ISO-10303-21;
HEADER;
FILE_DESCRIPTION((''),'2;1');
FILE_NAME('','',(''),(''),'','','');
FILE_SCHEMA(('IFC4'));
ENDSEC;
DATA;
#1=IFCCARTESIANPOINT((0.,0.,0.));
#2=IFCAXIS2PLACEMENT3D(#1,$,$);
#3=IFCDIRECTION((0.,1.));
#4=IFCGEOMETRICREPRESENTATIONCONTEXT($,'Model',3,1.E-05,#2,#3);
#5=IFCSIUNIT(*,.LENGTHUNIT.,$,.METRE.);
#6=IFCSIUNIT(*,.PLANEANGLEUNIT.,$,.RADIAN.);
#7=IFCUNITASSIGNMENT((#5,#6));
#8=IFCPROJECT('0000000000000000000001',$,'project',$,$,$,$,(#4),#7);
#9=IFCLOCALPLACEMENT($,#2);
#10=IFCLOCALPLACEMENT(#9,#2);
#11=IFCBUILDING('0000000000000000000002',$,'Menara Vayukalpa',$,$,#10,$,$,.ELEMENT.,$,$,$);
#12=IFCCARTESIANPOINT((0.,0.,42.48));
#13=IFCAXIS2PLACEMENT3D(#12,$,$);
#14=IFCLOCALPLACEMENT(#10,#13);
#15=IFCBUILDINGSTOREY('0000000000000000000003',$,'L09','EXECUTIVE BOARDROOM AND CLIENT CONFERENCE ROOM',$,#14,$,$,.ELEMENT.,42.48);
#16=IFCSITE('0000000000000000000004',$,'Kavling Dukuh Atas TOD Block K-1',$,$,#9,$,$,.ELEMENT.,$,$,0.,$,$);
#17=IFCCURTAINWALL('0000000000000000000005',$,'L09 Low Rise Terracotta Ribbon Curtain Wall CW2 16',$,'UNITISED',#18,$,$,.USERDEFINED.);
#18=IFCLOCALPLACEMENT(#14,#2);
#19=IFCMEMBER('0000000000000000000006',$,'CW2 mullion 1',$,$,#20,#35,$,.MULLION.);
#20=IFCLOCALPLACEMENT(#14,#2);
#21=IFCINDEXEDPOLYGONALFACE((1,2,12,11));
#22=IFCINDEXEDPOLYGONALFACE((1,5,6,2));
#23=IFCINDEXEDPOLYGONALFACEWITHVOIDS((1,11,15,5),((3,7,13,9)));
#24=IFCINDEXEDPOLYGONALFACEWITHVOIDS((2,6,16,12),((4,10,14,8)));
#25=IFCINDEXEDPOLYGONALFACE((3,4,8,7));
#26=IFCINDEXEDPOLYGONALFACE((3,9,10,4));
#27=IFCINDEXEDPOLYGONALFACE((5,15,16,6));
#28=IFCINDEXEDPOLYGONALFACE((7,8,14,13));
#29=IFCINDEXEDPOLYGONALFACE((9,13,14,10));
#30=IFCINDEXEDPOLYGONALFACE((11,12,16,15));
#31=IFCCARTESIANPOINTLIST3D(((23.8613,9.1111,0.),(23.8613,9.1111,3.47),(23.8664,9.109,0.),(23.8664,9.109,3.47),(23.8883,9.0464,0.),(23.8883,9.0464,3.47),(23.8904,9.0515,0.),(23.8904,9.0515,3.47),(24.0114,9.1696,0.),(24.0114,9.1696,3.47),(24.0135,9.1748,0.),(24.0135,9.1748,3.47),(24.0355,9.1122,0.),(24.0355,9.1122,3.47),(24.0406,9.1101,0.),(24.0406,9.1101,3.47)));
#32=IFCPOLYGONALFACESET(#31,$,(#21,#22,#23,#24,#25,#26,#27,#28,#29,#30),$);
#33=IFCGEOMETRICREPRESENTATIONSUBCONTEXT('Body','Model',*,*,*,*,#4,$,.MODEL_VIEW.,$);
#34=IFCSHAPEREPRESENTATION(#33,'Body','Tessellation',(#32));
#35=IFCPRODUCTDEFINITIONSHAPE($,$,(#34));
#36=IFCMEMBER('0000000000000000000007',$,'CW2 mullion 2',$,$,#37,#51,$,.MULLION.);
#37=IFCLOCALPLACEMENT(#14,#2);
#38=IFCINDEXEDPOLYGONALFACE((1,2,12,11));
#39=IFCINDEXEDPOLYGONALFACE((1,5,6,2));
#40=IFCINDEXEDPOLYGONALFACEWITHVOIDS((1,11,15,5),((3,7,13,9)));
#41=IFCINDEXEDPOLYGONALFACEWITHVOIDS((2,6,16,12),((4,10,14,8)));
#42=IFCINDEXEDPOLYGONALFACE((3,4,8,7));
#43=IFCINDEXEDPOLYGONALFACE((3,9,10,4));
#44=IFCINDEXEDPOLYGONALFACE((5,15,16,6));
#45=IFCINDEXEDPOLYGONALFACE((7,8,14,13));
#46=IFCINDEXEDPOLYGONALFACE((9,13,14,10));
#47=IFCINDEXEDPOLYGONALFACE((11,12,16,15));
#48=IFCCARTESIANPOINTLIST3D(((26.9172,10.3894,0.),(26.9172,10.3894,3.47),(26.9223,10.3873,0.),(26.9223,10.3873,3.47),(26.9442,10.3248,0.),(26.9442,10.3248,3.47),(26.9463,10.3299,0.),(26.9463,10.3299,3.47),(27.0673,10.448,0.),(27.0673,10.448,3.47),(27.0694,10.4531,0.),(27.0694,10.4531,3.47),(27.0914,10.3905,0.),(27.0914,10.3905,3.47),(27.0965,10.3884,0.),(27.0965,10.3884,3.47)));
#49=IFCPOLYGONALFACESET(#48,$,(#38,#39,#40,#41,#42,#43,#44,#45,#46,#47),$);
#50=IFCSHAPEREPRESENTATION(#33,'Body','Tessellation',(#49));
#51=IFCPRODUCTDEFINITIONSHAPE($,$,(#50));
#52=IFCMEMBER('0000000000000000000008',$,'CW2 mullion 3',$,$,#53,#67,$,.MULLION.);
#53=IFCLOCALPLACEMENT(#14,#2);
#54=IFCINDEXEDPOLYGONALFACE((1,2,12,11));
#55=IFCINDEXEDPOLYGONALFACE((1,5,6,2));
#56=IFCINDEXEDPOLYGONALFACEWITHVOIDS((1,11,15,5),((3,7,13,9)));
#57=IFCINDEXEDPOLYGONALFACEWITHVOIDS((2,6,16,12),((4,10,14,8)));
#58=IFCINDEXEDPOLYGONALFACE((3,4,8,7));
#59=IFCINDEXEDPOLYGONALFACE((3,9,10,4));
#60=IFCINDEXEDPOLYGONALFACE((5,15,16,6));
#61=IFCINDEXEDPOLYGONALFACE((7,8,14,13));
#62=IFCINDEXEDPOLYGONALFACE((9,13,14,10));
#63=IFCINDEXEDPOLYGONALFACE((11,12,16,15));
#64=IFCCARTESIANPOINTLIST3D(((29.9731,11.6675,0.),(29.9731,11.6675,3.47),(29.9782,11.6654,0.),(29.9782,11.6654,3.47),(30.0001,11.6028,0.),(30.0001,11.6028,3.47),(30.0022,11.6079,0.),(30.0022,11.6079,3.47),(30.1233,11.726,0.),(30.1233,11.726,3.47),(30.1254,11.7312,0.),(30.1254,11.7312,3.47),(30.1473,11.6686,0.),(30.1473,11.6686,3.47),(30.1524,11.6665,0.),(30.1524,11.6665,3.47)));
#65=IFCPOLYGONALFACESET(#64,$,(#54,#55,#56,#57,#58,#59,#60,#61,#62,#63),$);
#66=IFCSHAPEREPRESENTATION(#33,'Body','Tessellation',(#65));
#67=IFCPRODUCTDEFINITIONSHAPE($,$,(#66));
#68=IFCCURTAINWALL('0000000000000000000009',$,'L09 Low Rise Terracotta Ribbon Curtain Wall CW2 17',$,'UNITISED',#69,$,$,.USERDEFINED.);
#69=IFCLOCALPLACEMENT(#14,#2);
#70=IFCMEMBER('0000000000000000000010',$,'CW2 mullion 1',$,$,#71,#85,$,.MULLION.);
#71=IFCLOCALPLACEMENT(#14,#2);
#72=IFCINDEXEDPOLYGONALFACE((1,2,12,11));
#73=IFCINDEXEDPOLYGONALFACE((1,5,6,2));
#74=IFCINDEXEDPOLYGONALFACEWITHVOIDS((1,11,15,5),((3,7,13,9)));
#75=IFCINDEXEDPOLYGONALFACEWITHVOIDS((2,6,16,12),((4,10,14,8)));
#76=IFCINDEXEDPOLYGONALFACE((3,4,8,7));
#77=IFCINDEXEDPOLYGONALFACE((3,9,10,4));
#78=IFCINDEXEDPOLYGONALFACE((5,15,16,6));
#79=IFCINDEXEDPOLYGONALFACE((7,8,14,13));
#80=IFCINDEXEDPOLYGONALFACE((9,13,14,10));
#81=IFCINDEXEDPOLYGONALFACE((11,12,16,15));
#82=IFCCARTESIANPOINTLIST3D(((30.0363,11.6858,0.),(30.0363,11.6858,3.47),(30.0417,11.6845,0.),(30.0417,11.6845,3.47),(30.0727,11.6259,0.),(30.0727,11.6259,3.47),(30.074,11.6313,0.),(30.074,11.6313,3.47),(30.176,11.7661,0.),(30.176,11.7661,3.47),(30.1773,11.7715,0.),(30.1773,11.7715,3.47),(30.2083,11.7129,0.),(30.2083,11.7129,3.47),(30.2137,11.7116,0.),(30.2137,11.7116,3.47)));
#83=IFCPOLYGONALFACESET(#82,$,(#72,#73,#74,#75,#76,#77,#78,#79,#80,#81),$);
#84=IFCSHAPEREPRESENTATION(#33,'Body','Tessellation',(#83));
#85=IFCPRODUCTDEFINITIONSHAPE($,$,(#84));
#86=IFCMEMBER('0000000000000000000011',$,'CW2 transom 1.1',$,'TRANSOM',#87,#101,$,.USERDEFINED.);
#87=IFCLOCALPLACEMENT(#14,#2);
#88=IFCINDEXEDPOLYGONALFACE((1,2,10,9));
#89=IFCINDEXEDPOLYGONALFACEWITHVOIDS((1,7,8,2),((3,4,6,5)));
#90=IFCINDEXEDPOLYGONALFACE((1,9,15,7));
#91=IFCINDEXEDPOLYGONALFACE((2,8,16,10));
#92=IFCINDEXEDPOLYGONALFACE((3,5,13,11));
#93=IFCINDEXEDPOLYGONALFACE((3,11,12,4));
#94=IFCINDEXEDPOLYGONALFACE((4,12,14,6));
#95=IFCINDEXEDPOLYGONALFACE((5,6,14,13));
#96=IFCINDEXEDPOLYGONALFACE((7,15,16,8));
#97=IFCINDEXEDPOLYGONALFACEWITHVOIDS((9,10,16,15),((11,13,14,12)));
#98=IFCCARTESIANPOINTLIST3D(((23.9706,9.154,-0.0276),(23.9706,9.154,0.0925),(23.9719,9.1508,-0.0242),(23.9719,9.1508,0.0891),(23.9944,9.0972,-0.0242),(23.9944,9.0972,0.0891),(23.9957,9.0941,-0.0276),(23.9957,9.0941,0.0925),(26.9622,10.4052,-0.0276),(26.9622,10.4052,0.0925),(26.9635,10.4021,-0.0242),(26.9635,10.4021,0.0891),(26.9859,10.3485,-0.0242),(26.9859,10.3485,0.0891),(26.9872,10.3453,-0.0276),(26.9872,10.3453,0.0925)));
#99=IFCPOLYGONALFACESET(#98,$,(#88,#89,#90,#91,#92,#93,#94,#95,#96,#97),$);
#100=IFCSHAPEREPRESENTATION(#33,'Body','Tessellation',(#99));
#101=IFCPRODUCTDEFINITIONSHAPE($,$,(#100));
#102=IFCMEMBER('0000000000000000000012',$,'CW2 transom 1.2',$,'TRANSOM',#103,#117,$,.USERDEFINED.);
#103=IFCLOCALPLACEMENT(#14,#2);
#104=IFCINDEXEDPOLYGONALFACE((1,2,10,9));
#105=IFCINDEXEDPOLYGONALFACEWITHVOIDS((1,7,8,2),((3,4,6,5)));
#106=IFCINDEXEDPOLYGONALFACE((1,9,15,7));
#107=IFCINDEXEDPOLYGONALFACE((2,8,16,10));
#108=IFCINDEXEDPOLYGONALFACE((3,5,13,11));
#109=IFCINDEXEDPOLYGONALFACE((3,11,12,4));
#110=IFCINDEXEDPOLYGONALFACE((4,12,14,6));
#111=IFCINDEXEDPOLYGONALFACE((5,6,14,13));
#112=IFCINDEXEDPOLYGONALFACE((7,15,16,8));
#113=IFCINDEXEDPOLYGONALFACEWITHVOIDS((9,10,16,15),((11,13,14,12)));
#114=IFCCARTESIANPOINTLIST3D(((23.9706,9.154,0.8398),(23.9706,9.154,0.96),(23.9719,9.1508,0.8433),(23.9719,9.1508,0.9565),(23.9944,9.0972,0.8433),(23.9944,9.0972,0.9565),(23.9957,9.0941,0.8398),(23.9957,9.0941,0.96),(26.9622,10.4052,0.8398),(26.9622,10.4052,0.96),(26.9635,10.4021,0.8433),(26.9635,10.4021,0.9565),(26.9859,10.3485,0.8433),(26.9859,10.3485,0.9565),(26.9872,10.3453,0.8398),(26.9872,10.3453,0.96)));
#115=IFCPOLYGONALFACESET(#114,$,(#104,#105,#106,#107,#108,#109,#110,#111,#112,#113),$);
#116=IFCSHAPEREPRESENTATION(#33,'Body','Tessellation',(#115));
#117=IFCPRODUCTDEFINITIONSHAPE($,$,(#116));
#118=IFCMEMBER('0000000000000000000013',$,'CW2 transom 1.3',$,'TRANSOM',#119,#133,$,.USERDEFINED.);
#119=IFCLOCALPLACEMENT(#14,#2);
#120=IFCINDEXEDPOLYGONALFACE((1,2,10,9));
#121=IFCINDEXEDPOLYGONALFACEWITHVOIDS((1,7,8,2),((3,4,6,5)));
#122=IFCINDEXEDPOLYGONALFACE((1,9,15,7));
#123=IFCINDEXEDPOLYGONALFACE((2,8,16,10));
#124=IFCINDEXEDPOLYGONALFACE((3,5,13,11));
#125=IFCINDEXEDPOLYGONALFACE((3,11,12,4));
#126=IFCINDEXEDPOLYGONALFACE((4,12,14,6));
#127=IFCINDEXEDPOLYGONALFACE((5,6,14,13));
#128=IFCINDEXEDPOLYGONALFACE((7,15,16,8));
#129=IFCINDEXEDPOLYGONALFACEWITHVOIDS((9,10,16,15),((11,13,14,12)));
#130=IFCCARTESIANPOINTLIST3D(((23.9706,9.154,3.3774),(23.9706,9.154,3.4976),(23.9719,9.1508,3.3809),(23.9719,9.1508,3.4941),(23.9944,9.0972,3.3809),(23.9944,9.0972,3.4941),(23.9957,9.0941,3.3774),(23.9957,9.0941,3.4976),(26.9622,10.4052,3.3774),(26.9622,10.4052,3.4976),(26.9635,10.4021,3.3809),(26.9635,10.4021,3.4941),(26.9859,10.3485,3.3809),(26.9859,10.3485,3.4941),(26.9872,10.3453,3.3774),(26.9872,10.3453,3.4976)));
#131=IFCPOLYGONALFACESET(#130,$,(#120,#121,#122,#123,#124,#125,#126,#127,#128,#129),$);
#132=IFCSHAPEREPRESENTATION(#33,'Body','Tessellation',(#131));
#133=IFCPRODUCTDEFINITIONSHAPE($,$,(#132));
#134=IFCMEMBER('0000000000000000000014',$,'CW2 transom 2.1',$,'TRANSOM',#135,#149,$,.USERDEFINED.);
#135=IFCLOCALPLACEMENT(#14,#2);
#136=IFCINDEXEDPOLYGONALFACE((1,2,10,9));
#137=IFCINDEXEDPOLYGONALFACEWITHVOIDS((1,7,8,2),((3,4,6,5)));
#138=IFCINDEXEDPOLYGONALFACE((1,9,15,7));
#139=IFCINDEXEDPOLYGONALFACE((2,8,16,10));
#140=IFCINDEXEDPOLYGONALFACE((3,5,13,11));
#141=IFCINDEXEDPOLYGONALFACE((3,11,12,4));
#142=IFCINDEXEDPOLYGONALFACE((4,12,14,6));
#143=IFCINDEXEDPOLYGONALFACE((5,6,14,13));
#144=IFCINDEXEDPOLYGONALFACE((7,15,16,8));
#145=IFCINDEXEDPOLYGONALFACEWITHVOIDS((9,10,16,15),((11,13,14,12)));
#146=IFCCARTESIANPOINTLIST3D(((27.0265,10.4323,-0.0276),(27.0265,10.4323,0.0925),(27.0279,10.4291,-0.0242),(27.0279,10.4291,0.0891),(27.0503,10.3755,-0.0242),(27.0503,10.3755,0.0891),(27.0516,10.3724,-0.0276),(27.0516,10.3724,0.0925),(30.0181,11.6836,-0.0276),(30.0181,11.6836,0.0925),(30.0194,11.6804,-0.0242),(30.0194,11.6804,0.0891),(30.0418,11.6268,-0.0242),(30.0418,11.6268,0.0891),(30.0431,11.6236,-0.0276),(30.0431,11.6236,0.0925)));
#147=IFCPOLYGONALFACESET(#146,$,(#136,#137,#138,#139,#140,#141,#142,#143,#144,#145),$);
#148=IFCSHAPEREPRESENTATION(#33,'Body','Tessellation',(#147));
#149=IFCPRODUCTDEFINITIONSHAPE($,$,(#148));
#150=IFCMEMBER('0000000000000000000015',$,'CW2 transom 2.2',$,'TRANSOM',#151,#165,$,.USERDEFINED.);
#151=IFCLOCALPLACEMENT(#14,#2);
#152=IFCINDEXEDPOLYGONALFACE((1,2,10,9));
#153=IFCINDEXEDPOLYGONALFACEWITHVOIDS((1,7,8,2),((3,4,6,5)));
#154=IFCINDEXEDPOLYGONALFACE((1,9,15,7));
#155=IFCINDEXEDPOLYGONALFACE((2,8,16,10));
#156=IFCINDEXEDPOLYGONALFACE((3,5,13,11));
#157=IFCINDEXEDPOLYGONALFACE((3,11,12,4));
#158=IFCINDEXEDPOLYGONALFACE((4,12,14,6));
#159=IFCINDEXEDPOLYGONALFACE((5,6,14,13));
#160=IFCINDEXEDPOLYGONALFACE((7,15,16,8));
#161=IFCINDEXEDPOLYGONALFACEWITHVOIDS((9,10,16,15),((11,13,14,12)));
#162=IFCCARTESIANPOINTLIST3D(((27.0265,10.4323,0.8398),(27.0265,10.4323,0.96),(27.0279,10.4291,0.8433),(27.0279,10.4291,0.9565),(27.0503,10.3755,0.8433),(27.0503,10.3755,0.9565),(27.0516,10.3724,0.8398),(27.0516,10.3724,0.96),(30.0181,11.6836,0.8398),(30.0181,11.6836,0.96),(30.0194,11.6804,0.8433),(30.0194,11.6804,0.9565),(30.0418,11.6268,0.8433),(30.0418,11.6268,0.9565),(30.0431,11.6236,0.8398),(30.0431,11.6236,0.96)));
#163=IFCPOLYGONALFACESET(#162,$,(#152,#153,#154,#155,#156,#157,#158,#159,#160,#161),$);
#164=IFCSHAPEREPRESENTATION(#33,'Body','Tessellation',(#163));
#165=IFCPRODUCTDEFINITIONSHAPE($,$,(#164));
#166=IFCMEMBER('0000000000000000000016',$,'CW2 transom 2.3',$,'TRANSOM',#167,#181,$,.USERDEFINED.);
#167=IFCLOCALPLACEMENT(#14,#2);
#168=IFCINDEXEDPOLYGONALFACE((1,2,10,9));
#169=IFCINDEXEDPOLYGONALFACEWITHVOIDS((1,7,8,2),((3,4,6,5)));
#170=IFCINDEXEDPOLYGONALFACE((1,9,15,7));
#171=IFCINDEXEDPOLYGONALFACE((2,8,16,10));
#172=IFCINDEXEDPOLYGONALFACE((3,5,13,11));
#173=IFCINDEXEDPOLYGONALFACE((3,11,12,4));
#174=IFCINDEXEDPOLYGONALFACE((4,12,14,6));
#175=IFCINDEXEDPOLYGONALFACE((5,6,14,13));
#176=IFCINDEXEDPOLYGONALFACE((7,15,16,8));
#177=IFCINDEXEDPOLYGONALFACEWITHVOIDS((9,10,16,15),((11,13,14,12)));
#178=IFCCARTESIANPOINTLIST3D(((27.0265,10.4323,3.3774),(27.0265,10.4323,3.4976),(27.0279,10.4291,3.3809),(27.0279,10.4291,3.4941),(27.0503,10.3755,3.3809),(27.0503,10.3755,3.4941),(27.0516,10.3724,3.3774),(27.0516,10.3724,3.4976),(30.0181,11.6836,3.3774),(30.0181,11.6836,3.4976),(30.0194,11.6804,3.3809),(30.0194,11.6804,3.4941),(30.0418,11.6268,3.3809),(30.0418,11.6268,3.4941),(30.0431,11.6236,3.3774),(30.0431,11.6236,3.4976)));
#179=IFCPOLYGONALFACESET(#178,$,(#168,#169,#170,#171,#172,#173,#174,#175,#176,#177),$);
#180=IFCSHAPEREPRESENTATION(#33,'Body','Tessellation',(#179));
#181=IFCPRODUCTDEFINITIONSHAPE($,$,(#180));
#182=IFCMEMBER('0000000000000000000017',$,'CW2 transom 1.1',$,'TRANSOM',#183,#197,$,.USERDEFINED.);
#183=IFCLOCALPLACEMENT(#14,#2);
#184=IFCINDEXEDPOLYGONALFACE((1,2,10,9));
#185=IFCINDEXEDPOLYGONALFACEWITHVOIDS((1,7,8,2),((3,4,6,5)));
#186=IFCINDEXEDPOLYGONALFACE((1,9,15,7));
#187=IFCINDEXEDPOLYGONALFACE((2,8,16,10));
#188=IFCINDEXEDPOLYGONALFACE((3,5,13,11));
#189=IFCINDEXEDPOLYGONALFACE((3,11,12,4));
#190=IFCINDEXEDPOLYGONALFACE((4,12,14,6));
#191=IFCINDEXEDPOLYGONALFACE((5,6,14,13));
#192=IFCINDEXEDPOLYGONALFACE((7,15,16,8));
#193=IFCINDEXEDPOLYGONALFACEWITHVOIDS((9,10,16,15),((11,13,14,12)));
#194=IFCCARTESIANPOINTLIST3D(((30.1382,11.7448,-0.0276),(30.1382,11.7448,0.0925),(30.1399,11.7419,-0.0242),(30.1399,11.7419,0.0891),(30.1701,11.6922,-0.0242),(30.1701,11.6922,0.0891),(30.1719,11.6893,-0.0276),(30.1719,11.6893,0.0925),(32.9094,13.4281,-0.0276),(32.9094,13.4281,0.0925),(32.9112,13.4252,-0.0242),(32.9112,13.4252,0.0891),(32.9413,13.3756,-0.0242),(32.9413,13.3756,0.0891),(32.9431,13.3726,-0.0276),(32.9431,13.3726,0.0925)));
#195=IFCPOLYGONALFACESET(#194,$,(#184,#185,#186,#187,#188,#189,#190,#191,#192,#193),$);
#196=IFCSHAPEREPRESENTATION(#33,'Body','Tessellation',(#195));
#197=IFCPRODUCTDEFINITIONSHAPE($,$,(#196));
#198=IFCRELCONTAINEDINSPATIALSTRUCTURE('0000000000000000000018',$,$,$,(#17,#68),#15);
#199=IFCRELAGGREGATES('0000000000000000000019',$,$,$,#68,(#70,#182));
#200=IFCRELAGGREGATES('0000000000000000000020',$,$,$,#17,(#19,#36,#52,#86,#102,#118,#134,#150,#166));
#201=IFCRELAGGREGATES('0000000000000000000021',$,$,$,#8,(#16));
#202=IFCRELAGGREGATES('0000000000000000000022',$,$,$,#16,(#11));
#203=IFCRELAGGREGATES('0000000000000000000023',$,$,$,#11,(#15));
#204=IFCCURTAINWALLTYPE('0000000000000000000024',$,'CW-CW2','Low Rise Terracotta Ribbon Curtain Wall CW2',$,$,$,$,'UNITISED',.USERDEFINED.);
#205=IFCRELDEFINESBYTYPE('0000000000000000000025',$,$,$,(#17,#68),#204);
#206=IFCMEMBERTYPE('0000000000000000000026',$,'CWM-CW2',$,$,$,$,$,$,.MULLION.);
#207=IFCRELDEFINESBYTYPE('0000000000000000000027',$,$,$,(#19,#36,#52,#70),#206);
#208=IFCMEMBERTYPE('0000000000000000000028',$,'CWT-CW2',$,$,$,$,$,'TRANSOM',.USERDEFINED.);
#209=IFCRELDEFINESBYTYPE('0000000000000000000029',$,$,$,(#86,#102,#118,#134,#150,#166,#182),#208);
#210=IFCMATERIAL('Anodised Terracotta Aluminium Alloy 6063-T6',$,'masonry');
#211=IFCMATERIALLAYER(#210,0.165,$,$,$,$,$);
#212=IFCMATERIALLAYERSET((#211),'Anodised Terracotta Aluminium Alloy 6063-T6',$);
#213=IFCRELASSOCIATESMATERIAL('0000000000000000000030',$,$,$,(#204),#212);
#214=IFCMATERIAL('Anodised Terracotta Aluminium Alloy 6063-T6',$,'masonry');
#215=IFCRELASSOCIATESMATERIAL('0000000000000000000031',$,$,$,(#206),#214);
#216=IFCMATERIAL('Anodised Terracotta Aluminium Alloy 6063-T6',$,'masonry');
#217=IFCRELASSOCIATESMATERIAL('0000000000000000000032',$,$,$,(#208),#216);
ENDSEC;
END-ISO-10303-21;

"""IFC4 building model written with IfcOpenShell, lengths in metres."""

from ifc_helpers import new_model, si_unit, direction, frame, origin, origin_2d, place, context, subcontext, project, spatial, hollow_rectangle, extrude, material, layer, layer_set, material_profile, profile_set, type_object, element, aggregate, save


model = new_model("IFC4")

# Units and contexts
model_context = context("Model", 3, precision=1e-05, world=origin(), true_north=direction((0.0, 1.0)))
body_context = subcontext(model_context, "Body", "Model", "MODEL_VIEW")
ifc_project = project(units=[si_unit("LENGTHUNIT", "METRE"), si_unit("PLANEANGLEUNIT", "RADIAN")], contexts=[model_context])

# Site, building, storey
site_placement = place(None, origin())
site = spatial("IfcSite", under=ifc_project, at=site_placement, Name="Kavling Dukuh Atas TOD Block K-1", CompositionType="ELEMENT", RefElevation=0.0)
building_placement = place(site_placement, origin())
building = spatial("IfcBuilding", under=site, at=building_placement, Name="Menara Vayukalpa", CompositionType="ELEMENT")
storey_placement = place(building_placement, frame((0.0, 0.0, 42.48)))
storey = spatial("IfcBuildingStorey", under=building, at=storey_placement, Name="L09", Description="EXECUTIVE BOARDROOM AND CLIENT CONFERENCE ROOM", CompositionType="ELEMENT", Elevation=42.48)

# Curtain wall, members
ifc_material_1 = material(Name="Anodised Terracotta Aluminium Alloy 6063-T6", Category="masonry")
ifc_layer_1 = layer(ifc_material_1, 0.165)
ifc_layer_set_1 = layer_set([ifc_layer_1], Name="Anodised Terracotta Aluminium Alloy 6063-T6")
curtain_wall_type = type_object("IfcCurtainWallType", Name="CW-CW2", Description="Low Rise Terracotta Ribbon Curtain Wall CW2", ElementType="UNITISED", PredefinedType="USERDEFINED", material=ifc_layer_set_1)
curtain_wall_1_placement = place(storey_placement, origin())
curtain_wall_1 = element("IfcCurtainWall", 1, at=curtain_wall_1_placement, inside=storey, type_object=curtain_wall_type, Name="L09 Low Rise Terracotta Ribbon Curtain Wall CW2 16", ObjectType="UNITISED", PredefinedType="USERDEFINED")
ifc_material_2 = material(Name="Anodised Terracotta Aluminium Alloy 6063-T6", Category="masonry")
ifc_material_profile_1 = material_profile(ifc_material_2, hollow_rectangle(XDim=0.0701, YDim=0.165, WallThickness=0.0039, at=origin_2d()), Name="ALU 70x165x4")
ifc_profile_set_1 = profile_set([ifc_material_profile_1], Name="Anodised Terracotta Aluminium Alloy 6063-T6")
member_type_1 = type_object("IfcMemberType", Name="CWM-CW2", PredefinedType="MULLION", material=ifc_profile_set_1)
member_1_placement = place(storey_placement, frame((23.9509, 9.1106, 0.0), z_axis=(0.0, 0.0, 1.0), x_axis=(-0.385895, 0.922543, 0.0)))
member_1 = element("IfcMember", 2, at=member_1_placement, type_object=member_type_1, Name="CW2 mullion 1", PredefinedType="MULLION", context=body_context, shape_type="SweptSolid", body=[
    extrude(hollow_rectangle(XDim=0.0701, YDim=0.165, WallThickness=0.0039, at=origin_2d()), origin(), (0.0, 0.0, 1.0), 3.47),
])
member_2_placement = place(storey_placement, frame((27.0068, 10.3889, 0.0), z_axis=(0.0, 0.0, 1.0), x_axis=(-0.385895, 0.922543, 0.0)))
member_2 = element("IfcMember", 3, at=member_2_placement, type_object=member_type_1, Name="CW2 mullion 2", PredefinedType="MULLION", context=body_context, shape_type="SweptSolid", body=[
    extrude(hollow_rectangle(XDim=0.0701, YDim=0.165, WallThickness=0.0039, at=origin_2d()), origin(), (0.0, 0.0, 1.0), 3.47),
])
member_3_placement = place(storey_placement, frame((30.0627, 11.667, 0.0), z_axis=(0.0, 0.0, 1.0), x_axis=(-0.385895, 0.922543, 0.0)))
member_3 = element("IfcMember", 4, at=member_3_placement, type_object=member_type_1, Name="CW2 mullion 3", PredefinedType="MULLION", context=body_context, shape_type="SweptSolid", body=[
    extrude(hollow_rectangle(XDim=0.0701, YDim=0.165, WallThickness=0.0039, at=origin_2d()), origin(), (0.0, 0.0, 1.0), 3.47),
])

# Curtain wall, member
curtain_wall_2_placement = place(storey_placement, origin())
curtain_wall_2 = element("IfcCurtainWall", 5, at=curtain_wall_2_placement, inside=storey, type_object=curtain_wall_type, Name="L09 Low Rise Terracotta Ribbon Curtain Wall CW2 17", ObjectType="UNITISED", PredefinedType="USERDEFINED")
member_4_placement = place(storey_placement, frame((30.125, 11.6987, 0.0), z_axis=(0.0, 0.0, 1.0), x_axis=(-0.519182, 0.854664, 0.0)))
member_4 = element("IfcMember", 6, at=member_4_placement, type_object=member_type_1, Name="CW2 mullion 1", PredefinedType="MULLION", context=body_context, shape_type="SweptSolid", body=[
    extrude(hollow_rectangle(XDim=0.0701, YDim=0.165, WallThickness=0.0039, at=origin_2d()), origin(), (0.0, 0.0, 1.0), 3.47),
])

# Members
ifc_material_3 = material(Name="Anodised Terracotta Aluminium Alloy 6063-T6", Category="masonry")
ifc_material_profile_2 = material_profile(ifc_material_3, hollow_rectangle(XDim=0.0649, YDim=0.1201, WallThickness=0.0034, at=origin_2d()), Name="ALU 65x120x3.5")
ifc_profile_set_2 = profile_set([ifc_material_profile_2], Name="Anodised Terracotta Aluminium Alloy 6063-T6")
member_type_2 = type_object("IfcMemberType", Name="CWT-CW2", ElementType="TRANSOM", PredefinedType="USERDEFINED", material=ifc_profile_set_2)
member_5_placement = place(storey_placement, frame((23.9832, 9.124, 0.0325), z_axis=(0.922553, 0.385871, 0.0), x_axis=(-0.385871, 0.922553, 0.0)))
member_5 = element("IfcMember", 7, at=member_5_placement, type_object=member_type_2, Name="CW2 transom 1.1", ObjectType="TRANSOM", PredefinedType="USERDEFINED", context=body_context, shape_type="SweptSolid", body=[
    extrude(hollow_rectangle(XDim=0.0649, YDim=0.1201, WallThickness=0.0034, at=origin_2d()), origin(), (0.0, 0.0, 1.0), 3.2427),
])
member_6_placement = place(storey_placement, frame((23.9832, 9.124, 0.8999), z_axis=(0.922553, 0.385871, 0.0), x_axis=(-0.385871, 0.922553, 0.0)))
member_6 = element("IfcMember", 8, at=member_6_placement, type_object=member_type_2, Name="CW2 transom 1.2", ObjectType="TRANSOM", PredefinedType="USERDEFINED", context=body_context, shape_type="SweptSolid", body=[
    extrude(hollow_rectangle(XDim=0.0649, YDim=0.1201, WallThickness=0.0034, at=origin_2d()), origin(), (0.0, 0.0, 1.0), 3.2427),
])
member_7_placement = place(storey_placement, frame((23.9832, 9.124, 3.4375), z_axis=(0.922553, 0.385871, 0.0), x_axis=(-0.385871, 0.922553, 0.0)))
member_7 = element("IfcMember", 9, at=member_7_placement, type_object=member_type_2, Name="CW2 transom 1.3", ObjectType="TRANSOM", PredefinedType="USERDEFINED", context=body_context, shape_type="SweptSolid", body=[
    extrude(hollow_rectangle(XDim=0.0649, YDim=0.1201, WallThickness=0.0034, at=origin_2d()), origin(), (0.0, 0.0, 1.0), 3.2427),
])
member_8_placement = place(storey_placement, frame((27.0391, 10.4023, 0.0325), z_axis=(0.922553, 0.385871, 0.0), x_axis=(-0.385871, 0.922553, 0.0)))
member_8 = element("IfcMember", 10, at=member_8_placement, type_object=member_type_2, Name="CW2 transom 2.1", ObjectType="TRANSOM", PredefinedType="USERDEFINED", context=body_context, shape_type="SweptSolid", body=[
    extrude(hollow_rectangle(XDim=0.0649, YDim=0.1201, WallThickness=0.0034, at=origin_2d()), origin(), (0.0, 0.0, 1.0), 3.2427),
])
member_9_placement = place(storey_placement, frame((27.0391, 10.4023, 0.8999), z_axis=(0.922553, 0.385871, 0.0), x_axis=(-0.385871, 0.922553, 0.0)))
member_9 = element("IfcMember", 11, at=member_9_placement, type_object=member_type_2, Name="CW2 transom 2.2", ObjectType="TRANSOM", PredefinedType="USERDEFINED", context=body_context, shape_type="SweptSolid", body=[
    extrude(hollow_rectangle(XDim=0.0649, YDim=0.1201, WallThickness=0.0034, at=origin_2d()), origin(), (0.0, 0.0, 1.0), 3.2427),
])
member_10_placement = place(storey_placement, frame((27.0391, 10.4023, 3.4375), z_axis=(0.922553, 0.385871, 0.0), x_axis=(-0.385871, 0.922553, 0.0)))
member_10 = element("IfcMember", 12, at=member_10_placement, type_object=member_type_2, Name="CW2 transom 2.3", ObjectType="TRANSOM", PredefinedType="USERDEFINED", context=body_context, shape_type="SweptSolid", body=[
    extrude(hollow_rectangle(XDim=0.0649, YDim=0.1201, WallThickness=0.0034, at=origin_2d()), origin(), (0.0, 0.0, 1.0), 3.2427),
])
member_11_placement = place(storey_placement, frame((30.155, 11.717, 0.0325), z_axis=(0.854677, 0.519161, 0.0), x_axis=(-0.519161, 0.854677, 0.0)))
member_11 = element("IfcMember", 13, at=member_11_placement, type_object=member_type_2, Name="CW2 transom 1.1", ObjectType="TRANSOM", PredefinedType="USERDEFINED", context=body_context, shape_type="SweptSolid", body=[
    extrude(hollow_rectangle(XDim=0.0649, YDim=0.1201, WallThickness=0.0034, at=origin_2d()), origin(), (0.0, 0.0, 1.0), 3.2424),
])
aggregate(curtain_wall_2, [member_4, member_11])

aggregate(curtain_wall_1, [member_1, member_2, member_3, member_5, member_6, member_7, member_8, member_9, member_10])

save(model, "model.ifc")
